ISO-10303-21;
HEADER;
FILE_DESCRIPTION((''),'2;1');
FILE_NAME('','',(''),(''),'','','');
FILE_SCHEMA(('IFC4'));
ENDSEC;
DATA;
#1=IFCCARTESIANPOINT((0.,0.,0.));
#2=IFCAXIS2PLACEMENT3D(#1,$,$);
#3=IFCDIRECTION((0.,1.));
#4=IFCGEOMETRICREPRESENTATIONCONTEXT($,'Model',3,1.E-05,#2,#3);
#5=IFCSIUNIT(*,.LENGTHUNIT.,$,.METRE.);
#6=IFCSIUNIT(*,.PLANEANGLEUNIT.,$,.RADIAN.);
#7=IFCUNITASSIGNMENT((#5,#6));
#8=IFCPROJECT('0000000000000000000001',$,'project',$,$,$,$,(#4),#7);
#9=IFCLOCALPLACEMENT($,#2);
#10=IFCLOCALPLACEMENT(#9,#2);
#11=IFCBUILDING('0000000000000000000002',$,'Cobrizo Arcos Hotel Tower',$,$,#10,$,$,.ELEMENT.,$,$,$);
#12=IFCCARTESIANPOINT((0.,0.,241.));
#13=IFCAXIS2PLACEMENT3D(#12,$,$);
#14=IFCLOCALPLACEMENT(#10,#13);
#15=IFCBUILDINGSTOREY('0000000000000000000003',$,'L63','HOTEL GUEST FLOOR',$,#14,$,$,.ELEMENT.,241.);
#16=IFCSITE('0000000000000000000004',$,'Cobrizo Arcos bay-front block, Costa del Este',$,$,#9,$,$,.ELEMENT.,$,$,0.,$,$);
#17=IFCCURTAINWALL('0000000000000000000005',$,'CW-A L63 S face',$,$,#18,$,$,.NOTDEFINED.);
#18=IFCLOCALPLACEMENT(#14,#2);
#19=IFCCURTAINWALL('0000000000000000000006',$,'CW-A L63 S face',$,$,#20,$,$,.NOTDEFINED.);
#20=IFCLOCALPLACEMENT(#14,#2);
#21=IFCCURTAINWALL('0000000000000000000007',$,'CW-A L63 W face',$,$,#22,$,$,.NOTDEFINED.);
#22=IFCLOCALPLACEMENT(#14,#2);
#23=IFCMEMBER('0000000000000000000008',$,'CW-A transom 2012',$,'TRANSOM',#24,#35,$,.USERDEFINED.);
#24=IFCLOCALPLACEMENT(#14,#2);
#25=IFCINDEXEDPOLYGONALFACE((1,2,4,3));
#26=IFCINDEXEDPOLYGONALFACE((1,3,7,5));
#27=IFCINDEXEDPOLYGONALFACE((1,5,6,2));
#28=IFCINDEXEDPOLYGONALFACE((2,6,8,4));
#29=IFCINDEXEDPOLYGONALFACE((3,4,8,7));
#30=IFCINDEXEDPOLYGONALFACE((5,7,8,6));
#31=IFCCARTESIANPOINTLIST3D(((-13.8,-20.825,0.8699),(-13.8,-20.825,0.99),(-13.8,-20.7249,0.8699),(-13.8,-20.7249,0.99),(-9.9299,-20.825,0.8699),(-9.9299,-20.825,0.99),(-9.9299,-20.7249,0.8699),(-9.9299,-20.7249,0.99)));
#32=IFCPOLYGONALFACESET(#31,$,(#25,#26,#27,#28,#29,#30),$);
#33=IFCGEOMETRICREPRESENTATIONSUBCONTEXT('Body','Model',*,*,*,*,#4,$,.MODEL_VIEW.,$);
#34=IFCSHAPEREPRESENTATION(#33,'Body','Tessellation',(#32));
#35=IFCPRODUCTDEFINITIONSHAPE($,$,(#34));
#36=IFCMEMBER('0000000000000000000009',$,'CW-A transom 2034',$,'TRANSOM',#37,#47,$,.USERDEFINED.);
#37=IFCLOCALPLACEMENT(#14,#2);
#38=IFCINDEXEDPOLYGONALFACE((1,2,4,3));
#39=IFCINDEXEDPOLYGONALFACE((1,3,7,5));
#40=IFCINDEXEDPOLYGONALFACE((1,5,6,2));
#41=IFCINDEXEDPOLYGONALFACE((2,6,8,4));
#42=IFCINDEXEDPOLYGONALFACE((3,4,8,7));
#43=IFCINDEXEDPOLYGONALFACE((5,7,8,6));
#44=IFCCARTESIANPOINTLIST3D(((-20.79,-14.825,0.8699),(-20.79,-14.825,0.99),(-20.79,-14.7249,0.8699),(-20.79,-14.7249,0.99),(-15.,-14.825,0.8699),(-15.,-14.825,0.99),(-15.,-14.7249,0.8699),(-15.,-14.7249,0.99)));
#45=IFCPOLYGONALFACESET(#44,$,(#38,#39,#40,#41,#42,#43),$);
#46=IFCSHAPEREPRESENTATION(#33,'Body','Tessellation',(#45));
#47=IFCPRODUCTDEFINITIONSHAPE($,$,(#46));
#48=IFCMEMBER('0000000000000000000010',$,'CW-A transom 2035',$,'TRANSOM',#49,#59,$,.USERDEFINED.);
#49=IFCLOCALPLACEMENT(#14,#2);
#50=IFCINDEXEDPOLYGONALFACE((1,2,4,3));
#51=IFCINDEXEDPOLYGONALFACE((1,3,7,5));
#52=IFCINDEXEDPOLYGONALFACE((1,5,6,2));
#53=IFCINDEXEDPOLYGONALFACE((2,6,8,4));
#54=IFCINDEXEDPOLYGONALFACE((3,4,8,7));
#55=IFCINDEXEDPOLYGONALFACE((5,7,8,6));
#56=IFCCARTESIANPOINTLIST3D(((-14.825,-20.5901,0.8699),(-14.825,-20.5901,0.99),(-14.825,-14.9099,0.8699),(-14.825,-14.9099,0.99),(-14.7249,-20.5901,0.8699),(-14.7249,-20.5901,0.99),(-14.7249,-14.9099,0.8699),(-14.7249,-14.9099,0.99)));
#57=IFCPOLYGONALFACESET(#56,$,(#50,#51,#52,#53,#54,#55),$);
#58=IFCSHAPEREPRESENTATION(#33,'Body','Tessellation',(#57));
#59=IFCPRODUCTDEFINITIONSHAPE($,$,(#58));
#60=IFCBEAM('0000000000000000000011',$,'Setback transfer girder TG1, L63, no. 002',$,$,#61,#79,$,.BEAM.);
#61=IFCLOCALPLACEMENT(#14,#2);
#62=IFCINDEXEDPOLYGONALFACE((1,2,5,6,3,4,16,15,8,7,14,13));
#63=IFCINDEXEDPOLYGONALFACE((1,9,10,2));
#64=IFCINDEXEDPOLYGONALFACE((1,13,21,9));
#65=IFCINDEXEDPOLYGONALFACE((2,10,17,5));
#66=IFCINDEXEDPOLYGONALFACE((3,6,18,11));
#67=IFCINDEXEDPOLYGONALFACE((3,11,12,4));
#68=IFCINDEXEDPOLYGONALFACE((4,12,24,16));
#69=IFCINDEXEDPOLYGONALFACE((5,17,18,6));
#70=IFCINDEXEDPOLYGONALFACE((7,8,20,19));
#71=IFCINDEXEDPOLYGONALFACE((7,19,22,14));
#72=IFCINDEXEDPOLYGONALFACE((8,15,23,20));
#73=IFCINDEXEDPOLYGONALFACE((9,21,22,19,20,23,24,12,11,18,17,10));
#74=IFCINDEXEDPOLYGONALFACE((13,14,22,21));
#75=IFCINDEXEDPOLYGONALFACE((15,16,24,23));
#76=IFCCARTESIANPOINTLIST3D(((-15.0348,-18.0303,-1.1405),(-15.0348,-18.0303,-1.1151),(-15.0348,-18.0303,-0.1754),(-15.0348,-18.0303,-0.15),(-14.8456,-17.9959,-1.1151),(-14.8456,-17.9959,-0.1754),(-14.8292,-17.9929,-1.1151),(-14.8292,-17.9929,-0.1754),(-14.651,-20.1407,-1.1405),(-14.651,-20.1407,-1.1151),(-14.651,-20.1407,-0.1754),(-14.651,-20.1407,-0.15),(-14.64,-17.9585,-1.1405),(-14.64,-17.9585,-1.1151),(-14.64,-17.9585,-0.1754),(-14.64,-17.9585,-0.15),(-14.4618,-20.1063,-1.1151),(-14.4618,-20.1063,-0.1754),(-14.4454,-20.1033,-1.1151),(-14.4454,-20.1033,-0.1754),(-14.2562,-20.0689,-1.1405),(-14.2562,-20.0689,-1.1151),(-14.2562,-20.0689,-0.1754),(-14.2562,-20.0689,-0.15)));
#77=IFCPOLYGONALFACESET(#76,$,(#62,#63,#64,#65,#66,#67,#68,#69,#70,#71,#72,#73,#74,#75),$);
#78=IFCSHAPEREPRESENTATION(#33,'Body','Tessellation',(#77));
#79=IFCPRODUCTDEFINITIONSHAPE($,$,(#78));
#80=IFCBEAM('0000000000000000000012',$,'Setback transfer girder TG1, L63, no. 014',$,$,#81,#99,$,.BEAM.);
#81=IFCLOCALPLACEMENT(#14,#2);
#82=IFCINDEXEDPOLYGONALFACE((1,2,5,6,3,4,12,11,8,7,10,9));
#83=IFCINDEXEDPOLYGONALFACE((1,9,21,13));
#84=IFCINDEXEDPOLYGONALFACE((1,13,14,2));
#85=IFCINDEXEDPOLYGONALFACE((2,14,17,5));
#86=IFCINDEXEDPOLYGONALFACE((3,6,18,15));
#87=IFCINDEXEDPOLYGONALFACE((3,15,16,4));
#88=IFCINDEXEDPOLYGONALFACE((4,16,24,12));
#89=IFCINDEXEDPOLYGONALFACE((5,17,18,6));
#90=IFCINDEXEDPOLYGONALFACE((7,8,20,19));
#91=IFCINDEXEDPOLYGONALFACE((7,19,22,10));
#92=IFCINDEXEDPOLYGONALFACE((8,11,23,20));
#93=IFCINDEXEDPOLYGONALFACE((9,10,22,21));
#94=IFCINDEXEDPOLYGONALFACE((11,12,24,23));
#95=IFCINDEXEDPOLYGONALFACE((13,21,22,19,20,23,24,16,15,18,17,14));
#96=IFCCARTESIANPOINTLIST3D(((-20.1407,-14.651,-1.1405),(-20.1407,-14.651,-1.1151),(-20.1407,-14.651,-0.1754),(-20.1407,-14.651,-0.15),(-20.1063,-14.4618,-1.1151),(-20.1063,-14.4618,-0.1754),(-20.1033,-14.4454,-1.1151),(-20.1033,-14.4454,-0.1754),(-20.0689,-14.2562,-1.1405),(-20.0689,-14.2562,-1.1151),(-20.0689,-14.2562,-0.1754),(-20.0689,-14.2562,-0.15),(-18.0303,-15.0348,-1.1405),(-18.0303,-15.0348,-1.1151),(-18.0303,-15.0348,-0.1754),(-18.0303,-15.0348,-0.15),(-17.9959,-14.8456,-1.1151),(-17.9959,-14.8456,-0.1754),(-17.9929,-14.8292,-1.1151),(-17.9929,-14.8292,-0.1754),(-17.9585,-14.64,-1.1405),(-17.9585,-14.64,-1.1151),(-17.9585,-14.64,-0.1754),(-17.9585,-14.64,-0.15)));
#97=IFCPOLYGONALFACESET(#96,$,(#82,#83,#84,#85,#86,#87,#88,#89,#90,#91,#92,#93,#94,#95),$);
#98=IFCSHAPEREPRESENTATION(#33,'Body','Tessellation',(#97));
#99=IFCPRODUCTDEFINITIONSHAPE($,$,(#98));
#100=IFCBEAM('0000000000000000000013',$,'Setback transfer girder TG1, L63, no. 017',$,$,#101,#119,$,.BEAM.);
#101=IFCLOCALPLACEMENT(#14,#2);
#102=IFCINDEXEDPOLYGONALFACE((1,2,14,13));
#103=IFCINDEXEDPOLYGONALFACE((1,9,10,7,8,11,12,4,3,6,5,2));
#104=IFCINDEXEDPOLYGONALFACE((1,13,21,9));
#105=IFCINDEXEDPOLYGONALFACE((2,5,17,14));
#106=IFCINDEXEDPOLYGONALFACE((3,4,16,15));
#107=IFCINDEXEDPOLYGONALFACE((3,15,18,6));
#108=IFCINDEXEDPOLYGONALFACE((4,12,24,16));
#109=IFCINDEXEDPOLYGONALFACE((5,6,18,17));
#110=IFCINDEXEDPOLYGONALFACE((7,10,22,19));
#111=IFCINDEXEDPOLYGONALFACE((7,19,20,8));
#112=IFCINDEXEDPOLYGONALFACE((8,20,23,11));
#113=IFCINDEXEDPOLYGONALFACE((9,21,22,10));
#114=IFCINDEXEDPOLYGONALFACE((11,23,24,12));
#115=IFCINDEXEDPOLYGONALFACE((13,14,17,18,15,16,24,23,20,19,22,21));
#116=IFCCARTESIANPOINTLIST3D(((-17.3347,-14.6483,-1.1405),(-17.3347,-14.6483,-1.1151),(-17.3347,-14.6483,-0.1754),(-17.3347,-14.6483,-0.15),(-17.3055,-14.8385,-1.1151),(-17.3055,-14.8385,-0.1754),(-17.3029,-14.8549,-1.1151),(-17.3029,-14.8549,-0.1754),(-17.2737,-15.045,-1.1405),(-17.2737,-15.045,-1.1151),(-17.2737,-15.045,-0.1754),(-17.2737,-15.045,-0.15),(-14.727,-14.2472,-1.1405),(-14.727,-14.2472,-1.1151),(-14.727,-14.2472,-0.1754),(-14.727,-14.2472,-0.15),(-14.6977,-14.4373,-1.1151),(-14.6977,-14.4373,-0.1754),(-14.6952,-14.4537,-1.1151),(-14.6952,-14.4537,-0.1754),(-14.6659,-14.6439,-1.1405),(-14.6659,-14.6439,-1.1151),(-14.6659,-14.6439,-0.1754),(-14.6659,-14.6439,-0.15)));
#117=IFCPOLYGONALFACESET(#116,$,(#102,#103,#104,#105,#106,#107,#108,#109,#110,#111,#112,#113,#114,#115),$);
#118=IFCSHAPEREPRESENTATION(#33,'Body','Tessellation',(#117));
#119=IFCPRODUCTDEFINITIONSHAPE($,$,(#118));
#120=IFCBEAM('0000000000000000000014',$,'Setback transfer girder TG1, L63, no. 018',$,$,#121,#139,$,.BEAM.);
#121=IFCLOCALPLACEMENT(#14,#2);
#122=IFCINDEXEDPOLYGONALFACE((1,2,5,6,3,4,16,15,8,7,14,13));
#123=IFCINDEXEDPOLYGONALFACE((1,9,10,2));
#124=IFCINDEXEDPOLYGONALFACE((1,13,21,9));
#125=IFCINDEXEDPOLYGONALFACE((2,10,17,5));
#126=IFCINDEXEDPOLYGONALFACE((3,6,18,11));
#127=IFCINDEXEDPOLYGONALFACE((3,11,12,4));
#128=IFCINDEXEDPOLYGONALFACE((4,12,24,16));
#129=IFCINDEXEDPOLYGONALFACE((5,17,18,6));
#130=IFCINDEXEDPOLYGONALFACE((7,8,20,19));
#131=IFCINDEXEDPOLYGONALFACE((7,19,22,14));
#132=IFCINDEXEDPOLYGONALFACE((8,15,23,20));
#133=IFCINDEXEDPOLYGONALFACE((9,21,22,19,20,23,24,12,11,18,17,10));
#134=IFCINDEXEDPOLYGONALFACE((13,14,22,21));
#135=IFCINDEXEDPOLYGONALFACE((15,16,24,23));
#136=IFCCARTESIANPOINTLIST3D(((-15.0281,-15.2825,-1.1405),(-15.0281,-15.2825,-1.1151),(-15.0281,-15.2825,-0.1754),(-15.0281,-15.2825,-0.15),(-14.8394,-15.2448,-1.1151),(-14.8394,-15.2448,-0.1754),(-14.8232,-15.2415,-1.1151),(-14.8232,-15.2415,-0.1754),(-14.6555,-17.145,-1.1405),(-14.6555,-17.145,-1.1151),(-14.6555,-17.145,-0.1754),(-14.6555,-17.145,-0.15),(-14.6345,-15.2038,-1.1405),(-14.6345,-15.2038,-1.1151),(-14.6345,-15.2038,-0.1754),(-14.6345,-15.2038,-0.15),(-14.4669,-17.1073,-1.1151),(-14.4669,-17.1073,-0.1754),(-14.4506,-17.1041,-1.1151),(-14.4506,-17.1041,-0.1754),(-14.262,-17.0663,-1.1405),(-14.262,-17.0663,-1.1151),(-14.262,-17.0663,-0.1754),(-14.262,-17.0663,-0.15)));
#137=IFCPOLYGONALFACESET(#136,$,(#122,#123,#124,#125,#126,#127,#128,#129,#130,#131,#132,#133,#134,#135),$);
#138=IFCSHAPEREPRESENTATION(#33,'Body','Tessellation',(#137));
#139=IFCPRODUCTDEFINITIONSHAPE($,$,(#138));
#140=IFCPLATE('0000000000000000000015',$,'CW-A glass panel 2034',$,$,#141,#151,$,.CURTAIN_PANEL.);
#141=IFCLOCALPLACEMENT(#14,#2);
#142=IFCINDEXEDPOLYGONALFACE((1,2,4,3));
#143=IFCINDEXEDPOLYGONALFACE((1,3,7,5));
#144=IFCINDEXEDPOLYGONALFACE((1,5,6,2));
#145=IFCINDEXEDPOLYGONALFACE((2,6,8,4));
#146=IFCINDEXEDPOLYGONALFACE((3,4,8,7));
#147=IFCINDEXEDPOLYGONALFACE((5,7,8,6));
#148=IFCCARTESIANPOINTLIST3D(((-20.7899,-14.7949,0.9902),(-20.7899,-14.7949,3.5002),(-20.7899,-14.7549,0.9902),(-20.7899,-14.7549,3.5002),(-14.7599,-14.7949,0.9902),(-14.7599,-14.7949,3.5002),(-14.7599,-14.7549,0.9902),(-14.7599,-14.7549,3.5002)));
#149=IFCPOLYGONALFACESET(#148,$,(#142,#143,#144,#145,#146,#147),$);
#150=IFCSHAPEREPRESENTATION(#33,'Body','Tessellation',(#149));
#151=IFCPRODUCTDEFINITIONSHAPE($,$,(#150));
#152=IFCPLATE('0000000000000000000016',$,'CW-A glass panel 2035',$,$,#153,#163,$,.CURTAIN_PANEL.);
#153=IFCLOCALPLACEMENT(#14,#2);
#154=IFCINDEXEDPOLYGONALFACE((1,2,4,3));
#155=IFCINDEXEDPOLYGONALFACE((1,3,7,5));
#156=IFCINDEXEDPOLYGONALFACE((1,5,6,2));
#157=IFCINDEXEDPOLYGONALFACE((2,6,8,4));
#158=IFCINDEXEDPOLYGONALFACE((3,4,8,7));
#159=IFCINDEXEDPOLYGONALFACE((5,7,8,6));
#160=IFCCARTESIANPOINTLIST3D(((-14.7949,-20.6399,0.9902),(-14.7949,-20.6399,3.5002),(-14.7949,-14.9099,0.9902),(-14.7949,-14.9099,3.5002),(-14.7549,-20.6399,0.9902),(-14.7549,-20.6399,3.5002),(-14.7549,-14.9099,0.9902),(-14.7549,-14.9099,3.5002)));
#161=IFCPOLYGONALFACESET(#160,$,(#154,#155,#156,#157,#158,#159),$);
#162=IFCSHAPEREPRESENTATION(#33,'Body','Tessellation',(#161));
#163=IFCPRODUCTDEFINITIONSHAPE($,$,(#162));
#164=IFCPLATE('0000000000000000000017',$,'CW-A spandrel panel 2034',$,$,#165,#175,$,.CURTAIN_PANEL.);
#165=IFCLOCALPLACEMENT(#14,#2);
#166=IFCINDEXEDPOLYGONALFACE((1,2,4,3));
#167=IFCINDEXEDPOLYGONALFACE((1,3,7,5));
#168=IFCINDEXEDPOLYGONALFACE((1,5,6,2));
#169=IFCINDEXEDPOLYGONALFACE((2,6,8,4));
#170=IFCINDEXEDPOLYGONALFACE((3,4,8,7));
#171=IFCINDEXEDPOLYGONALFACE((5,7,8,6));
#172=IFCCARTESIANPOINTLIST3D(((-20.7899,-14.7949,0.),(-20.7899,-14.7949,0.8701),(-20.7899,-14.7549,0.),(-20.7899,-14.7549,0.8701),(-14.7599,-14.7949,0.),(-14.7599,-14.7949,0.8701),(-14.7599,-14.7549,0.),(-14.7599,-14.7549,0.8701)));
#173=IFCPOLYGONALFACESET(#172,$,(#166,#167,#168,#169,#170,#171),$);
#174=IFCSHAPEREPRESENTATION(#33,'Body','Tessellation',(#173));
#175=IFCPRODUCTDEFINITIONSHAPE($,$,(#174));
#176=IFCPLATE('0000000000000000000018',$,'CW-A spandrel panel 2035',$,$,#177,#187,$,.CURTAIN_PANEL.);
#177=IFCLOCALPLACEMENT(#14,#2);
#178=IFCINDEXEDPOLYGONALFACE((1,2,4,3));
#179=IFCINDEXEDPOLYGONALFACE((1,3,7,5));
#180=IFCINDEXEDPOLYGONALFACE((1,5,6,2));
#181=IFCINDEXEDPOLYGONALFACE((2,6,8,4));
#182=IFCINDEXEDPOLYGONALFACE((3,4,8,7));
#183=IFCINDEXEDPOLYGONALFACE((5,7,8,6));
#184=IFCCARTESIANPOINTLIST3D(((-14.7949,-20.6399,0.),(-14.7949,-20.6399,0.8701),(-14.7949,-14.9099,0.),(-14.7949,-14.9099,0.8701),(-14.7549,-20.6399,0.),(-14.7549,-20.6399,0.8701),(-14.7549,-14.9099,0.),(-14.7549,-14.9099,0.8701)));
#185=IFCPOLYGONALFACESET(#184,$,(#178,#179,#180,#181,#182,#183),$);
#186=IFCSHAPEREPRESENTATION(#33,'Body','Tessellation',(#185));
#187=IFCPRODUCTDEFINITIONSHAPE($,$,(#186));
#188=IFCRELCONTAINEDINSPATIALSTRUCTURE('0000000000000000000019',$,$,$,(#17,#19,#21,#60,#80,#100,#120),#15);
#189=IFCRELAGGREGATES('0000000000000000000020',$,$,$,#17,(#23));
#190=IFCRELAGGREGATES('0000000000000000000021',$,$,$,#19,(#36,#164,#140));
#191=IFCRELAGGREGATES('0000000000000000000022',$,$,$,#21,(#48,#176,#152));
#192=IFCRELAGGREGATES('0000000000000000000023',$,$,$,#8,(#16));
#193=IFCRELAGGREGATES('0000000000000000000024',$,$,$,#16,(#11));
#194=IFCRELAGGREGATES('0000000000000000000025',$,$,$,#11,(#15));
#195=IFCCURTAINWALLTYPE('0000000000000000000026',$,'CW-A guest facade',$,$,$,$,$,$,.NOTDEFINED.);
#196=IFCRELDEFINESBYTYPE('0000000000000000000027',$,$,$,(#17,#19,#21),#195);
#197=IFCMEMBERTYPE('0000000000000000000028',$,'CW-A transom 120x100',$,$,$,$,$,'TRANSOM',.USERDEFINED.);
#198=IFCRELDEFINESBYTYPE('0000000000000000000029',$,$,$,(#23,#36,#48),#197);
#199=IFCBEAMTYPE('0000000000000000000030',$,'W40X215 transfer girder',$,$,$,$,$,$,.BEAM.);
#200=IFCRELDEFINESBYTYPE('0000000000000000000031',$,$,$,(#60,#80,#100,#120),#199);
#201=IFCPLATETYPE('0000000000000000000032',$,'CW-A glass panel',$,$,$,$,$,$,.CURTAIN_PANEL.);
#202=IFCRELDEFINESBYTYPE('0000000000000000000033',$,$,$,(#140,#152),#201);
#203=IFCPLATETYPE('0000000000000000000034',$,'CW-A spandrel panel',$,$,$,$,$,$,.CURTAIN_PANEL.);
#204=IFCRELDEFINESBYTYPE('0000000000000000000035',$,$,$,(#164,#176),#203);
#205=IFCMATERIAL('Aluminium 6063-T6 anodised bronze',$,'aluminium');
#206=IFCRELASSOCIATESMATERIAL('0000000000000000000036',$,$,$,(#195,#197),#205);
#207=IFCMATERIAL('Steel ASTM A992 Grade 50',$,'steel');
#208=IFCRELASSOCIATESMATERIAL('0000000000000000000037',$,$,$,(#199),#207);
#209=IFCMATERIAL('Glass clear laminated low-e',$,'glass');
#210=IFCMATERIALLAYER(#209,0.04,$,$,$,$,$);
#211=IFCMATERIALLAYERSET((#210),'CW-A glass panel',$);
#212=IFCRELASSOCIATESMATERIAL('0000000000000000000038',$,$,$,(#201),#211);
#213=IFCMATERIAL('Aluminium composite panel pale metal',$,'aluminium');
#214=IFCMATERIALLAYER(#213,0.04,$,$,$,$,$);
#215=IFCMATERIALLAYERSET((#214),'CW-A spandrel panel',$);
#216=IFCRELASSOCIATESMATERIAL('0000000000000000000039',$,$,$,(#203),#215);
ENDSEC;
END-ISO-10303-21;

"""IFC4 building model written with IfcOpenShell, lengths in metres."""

from ifc_helpers import new_model, si_unit, direction, frame, origin, origin_2d, place, context, subcontext, project, spatial, rectangle, i_section, extrude, material, layer, layer_set, material_profile, profile_set, type_object, element, aggregate, save


model = new_model("IFC4")

# Units and contexts
model_context = context("Model", 3, precision=1e-05, world=origin(), true_north=direction((0.0, 1.0)))
body_context = subcontext(model_context, "Body", "Model", "MODEL_VIEW")
ifc_project = project(units=[si_unit("LENGTHUNIT", "METRE"), si_unit("PLANEANGLEUNIT", "RADIAN")], contexts=[model_context])

# Site, building, storey
site_placement = place(None, origin())
site = spatial("IfcSite", under=ifc_project, at=site_placement, Name="Cobrizo Arcos bay-front block, Costa del Este", CompositionType="ELEMENT", RefElevation=0.0)
building_placement = place(site_placement, origin())
building = spatial("IfcBuilding", under=site, at=building_placement, Name="Cobrizo Arcos Hotel Tower", CompositionType="ELEMENT")
storey_placement = place(building_placement, frame((0.0, 0.0, 241.0)))
storey = spatial("IfcBuildingStorey", under=building, at=storey_placement, Name="L63", Description="HOTEL GUEST FLOOR", CompositionType="ELEMENT", Elevation=241.0)

# Curtain wall
ifc_material_1 = material(Name="Aluminium 6063-T6 anodised bronze", Category="aluminium")
curtain_wall_type = type_object("IfcCurtainWallType", Name="CW-A guest facade", PredefinedType="NOTDEFINED", material=ifc_material_1)
curtain_wall_1_placement = place(storey_placement, origin())
curtain_wall_1 = element("IfcCurtainWall", 1, at=curtain_wall_1_placement, inside=storey, type_object=curtain_wall_type, Name="CW-A L63 S face", PredefinedType="NOTDEFINED")

# Curtain walls
curtain_wall_2_placement = place(storey_placement, origin())
curtain_wall_2 = element("IfcCurtainWall", 2, at=curtain_wall_2_placement, inside=storey, type_object=curtain_wall_type, Name="CW-A L63 S face", PredefinedType="NOTDEFINED")
curtain_wall_3_placement = place(storey_placement, origin())
curtain_wall_3 = element("IfcCurtainWall", 3, at=curtain_wall_3_placement, inside=storey, type_object=curtain_wall_type, Name="CW-A L63 W face", PredefinedType="NOTDEFINED")

# Members
ifc_material_profile_1 = material_profile(ifc_material_1, rectangle(XDim=0.1001, YDim=0.1201, at=origin_2d()), Name="CW-A transom 120x100")
ifc_profile_set_1 = profile_set([ifc_material_profile_1], Name="Aluminium 6063-T6 anodised bronze")
member_type_1 = type_object("IfcMemberType", Name="CW-A transom 120x100", ElementType="TRANSOM", PredefinedType="USERDEFINED", material=ifc_profile_set_1)
member_1_placement = place(storey_placement, frame((-13.8, -20.7749, 0.9299), z_axis=(1.0, 0.0, 0.0), x_axis=(0.0, 1.0, 0.0)))
member_1 = element("IfcMember", 4, at=member_1_placement, type_object=member_type_1, Name="CW-A transom 2012", ObjectType="TRANSOM", PredefinedType="USERDEFINED", context=body_context, shape_type="SweptSolid", body=[
    extrude(rectangle(XDim=0.1001, YDim=0.1201, at=origin_2d()), origin(), (0.0, 0.0, 1.0), 3.8701),
])
aggregate(curtain_wall_1, [member_1])
member_2_placement = place(storey_placement, frame((-20.79, -14.7749, 0.9299), z_axis=(1.0, 0.0, 0.0), x_axis=(0.0, 1.0, 0.0)))
member_2 = element("IfcMember", 5, at=member_2_placement, type_object=member_type_1, Name="CW-A transom 2034", ObjectType="TRANSOM", PredefinedType="USERDEFINED", context=body_context, shape_type="SweptSolid", body=[
    extrude(rectangle(XDim=0.1001, YDim=0.1201, at=origin_2d()), origin(), (0.0, 0.0, 1.0), 5.79),
])
member_3_placement = place(storey_placement, frame((-14.7749, -14.9099, 0.9299), z_axis=(0.0, -1.0, 0.0), x_axis=(1.0, 0.0, 0.0)))
member_3 = element("IfcMember", 6, at=member_3_placement, type_object=member_type_1, Name="CW-A transom 2035", ObjectType="TRANSOM", PredefinedType="USERDEFINED", context=body_context, shape_type="SweptSolid", body=[
    extrude(rectangle(XDim=0.1001, YDim=0.1201, at=origin_2d()), origin(), (0.0, 0.0, 1.0), 5.6802),
])

# Beams
ifc_material_2 = material(Name="Steel ASTM A992 Grade 50", Category="steel")
ifc_material_profile_2 = material_profile(ifc_material_2, i_section(OverallWidth=0.4014, OverallDepth=0.9905, WebThickness=0.0166, FlangeThickness=0.0254, at=origin_2d()), Name="W40X215")
ifc_profile_set_2 = profile_set([ifc_material_profile_2], Name="Steel ASTM A992 Grade 50")
beam_type_1 = type_object("IfcBeamType", Name="W40X215 transfer girder", PredefinedType="BEAM", material=ifc_profile_set_2)
for number, where, z_axis, x_axis, name in (
    (7, (-14.8374, -17.9944, -0.6453), (0.178926, -0.983863, 0.0), (0.983863, 0.178926, 0.0), "Setback transfer girder TG1, L63, no. 002"),
    (8, (-17.9944, -14.8374, -0.6453), (-0.983863, 0.178926, 0.0), (-0.178926, -0.983863, 0.0), "Setback transfer girder TG1, L63, no. 014"),
):
    element("IfcBeam", number, at=place(storey_placement, frame(where, z_axis=z_axis, x_axis=x_axis)), inside=storey, type_object=beam_type_1, Name=name, PredefinedType="BEAM", context=body_context, shape_type="SweptSolid", body=[
        extrude(i_section(OverallWidth=0.4014, OverallDepth=0.9905, WebThickness=0.0166, FlangeThickness=0.0254, at=origin_2d()), origin(), (0.0, 0.0, 1.0), 2.145),
    ])
beam_1_placement = place(storey_placement, frame((-17.3042, -14.8467, -0.6453), z_axis=(0.988375, 0.152036, 0.0), x_axis=(-0.152036, 0.988375, 0.0)))
element("IfcBeam", 9, at=beam_1_placement, inside=storey, type_object=beam_type_1, Name="Setback transfer girder TG1, L63, no. 017", PredefinedType="BEAM", context=body_context, shape_type="SweptSolid", body=[
    extrude(i_section(OverallWidth=0.4014, OverallDepth=0.9905, WebThickness=0.0166, FlangeThickness=0.0254, at=origin_2d()), origin(), (0.0, 0.0, 1.0), 2.6384),
])
beam_2_placement = place(storey_placement, frame((-14.8313, -15.2432, -0.6453), z_axis=(0.196141, -0.980576, 0.0), x_axis=(0.980576, 0.196141, 0.0)))
element("IfcBeam", 10, at=beam_2_placement, inside=storey, type_object=beam_type_1, Name="Setback transfer girder TG1, L63, no. 018", PredefinedType="BEAM", context=body_context, shape_type="SweptSolid", body=[
    extrude(i_section(OverallWidth=0.4014, OverallDepth=0.9905, WebThickness=0.0166, FlangeThickness=0.0254, at=origin_2d()), origin(), (0.0, 0.0, 1.0), 1.8994),
])

# Plates
ifc_material_3 = material(Name="Glass clear laminated low-e", Category="glass")
ifc_layer_1 = layer(ifc_material_3, 0.04)
ifc_layer_set_1 = layer_set([ifc_layer_1], Name="CW-A glass panel")
plate_type_1 = type_object("IfcPlateType", Name="CW-A glass panel", PredefinedType="CURTAIN_PANEL", material=ifc_layer_set_1)
plate_1_placement = place(storey_placement, frame((-17.7749, -14.7749, 0.9902), z_axis=(0.0, 0.0, 1.0), x_axis=(1.0, 0.0, 0.0)))
plate_1 = element("IfcPlate", 11, at=plate_1_placement, type_object=plate_type_1, Name="CW-A glass panel 2034", PredefinedType="CURTAIN_PANEL", context=body_context, shape_type="SweptSolid", body=[
    extrude(rectangle(XDim=6.03, YDim=0.04, at=origin_2d()), origin(), (0.0, 0.0, 1.0), 2.51),
])
plate_2_placement = place(storey_placement, frame((-14.7749, -17.7749, 0.9902), z_axis=(0.0, 0.0, 1.0), x_axis=(0.0, -1.0, 0.0)))
plate_2 = element("IfcPlate", 12, at=plate_2_placement, type_object=plate_type_1, Name="CW-A glass panel 2035", PredefinedType="CURTAIN_PANEL", context=body_context, shape_type="SweptSolid", body=[
    extrude(rectangle(XDim=5.73, YDim=0.04, at=origin_2d()), origin(), (0.0, 0.0, 1.0), 2.51),
])
ifc_material_4 = material(Name="Aluminium composite panel pale metal", Category="aluminium")
ifc_layer_2 = layer(ifc_material_4, 0.04)
ifc_layer_set_2 = layer_set([ifc_layer_2], Name="CW-A spandrel panel")
plate_type_2 = type_object("IfcPlateType", Name="CW-A spandrel panel", PredefinedType="CURTAIN_PANEL", material=ifc_layer_set_2)
plate_3_placement = place(storey_placement, frame((-17.7749, -14.7749, 0.0), z_axis=(0.0, 0.0, 1.0), x_axis=(1.0, 0.0, 0.0)))
plate_3 = element("IfcPlate", 13, at=plate_3_placement, type_object=plate_type_2, Name="CW-A spandrel panel 2034", PredefinedType="CURTAIN_PANEL", context=body_context, shape_type="SweptSolid", body=[
    extrude(rectangle(XDim=6.03, YDim=0.04, at=origin_2d()), origin(), (0.0, 0.0, 1.0), 0.8701),
])
aggregate(curtain_wall_2, [member_2, plate_3, plate_1])
plate_4_placement = place(storey_placement, frame((-14.7749, -17.7749, 0.0), z_axis=(0.0, 0.0, 1.0), x_axis=(0.0, -1.0, 0.0)))
plate_4 = element("IfcPlate", 14, at=plate_4_placement, type_object=plate_type_2, Name="CW-A spandrel panel 2035", PredefinedType="CURTAIN_PANEL", context=body_context, shape_type="SweptSolid", body=[
    extrude(rectangle(XDim=5.73, YDim=0.04, at=origin_2d()), origin(), (0.0, 0.0, 1.0), 0.8701),
])
aggregate(curtain_wall_3, [member_3, plate_4, plate_2])

save(model, "model.ifc")
